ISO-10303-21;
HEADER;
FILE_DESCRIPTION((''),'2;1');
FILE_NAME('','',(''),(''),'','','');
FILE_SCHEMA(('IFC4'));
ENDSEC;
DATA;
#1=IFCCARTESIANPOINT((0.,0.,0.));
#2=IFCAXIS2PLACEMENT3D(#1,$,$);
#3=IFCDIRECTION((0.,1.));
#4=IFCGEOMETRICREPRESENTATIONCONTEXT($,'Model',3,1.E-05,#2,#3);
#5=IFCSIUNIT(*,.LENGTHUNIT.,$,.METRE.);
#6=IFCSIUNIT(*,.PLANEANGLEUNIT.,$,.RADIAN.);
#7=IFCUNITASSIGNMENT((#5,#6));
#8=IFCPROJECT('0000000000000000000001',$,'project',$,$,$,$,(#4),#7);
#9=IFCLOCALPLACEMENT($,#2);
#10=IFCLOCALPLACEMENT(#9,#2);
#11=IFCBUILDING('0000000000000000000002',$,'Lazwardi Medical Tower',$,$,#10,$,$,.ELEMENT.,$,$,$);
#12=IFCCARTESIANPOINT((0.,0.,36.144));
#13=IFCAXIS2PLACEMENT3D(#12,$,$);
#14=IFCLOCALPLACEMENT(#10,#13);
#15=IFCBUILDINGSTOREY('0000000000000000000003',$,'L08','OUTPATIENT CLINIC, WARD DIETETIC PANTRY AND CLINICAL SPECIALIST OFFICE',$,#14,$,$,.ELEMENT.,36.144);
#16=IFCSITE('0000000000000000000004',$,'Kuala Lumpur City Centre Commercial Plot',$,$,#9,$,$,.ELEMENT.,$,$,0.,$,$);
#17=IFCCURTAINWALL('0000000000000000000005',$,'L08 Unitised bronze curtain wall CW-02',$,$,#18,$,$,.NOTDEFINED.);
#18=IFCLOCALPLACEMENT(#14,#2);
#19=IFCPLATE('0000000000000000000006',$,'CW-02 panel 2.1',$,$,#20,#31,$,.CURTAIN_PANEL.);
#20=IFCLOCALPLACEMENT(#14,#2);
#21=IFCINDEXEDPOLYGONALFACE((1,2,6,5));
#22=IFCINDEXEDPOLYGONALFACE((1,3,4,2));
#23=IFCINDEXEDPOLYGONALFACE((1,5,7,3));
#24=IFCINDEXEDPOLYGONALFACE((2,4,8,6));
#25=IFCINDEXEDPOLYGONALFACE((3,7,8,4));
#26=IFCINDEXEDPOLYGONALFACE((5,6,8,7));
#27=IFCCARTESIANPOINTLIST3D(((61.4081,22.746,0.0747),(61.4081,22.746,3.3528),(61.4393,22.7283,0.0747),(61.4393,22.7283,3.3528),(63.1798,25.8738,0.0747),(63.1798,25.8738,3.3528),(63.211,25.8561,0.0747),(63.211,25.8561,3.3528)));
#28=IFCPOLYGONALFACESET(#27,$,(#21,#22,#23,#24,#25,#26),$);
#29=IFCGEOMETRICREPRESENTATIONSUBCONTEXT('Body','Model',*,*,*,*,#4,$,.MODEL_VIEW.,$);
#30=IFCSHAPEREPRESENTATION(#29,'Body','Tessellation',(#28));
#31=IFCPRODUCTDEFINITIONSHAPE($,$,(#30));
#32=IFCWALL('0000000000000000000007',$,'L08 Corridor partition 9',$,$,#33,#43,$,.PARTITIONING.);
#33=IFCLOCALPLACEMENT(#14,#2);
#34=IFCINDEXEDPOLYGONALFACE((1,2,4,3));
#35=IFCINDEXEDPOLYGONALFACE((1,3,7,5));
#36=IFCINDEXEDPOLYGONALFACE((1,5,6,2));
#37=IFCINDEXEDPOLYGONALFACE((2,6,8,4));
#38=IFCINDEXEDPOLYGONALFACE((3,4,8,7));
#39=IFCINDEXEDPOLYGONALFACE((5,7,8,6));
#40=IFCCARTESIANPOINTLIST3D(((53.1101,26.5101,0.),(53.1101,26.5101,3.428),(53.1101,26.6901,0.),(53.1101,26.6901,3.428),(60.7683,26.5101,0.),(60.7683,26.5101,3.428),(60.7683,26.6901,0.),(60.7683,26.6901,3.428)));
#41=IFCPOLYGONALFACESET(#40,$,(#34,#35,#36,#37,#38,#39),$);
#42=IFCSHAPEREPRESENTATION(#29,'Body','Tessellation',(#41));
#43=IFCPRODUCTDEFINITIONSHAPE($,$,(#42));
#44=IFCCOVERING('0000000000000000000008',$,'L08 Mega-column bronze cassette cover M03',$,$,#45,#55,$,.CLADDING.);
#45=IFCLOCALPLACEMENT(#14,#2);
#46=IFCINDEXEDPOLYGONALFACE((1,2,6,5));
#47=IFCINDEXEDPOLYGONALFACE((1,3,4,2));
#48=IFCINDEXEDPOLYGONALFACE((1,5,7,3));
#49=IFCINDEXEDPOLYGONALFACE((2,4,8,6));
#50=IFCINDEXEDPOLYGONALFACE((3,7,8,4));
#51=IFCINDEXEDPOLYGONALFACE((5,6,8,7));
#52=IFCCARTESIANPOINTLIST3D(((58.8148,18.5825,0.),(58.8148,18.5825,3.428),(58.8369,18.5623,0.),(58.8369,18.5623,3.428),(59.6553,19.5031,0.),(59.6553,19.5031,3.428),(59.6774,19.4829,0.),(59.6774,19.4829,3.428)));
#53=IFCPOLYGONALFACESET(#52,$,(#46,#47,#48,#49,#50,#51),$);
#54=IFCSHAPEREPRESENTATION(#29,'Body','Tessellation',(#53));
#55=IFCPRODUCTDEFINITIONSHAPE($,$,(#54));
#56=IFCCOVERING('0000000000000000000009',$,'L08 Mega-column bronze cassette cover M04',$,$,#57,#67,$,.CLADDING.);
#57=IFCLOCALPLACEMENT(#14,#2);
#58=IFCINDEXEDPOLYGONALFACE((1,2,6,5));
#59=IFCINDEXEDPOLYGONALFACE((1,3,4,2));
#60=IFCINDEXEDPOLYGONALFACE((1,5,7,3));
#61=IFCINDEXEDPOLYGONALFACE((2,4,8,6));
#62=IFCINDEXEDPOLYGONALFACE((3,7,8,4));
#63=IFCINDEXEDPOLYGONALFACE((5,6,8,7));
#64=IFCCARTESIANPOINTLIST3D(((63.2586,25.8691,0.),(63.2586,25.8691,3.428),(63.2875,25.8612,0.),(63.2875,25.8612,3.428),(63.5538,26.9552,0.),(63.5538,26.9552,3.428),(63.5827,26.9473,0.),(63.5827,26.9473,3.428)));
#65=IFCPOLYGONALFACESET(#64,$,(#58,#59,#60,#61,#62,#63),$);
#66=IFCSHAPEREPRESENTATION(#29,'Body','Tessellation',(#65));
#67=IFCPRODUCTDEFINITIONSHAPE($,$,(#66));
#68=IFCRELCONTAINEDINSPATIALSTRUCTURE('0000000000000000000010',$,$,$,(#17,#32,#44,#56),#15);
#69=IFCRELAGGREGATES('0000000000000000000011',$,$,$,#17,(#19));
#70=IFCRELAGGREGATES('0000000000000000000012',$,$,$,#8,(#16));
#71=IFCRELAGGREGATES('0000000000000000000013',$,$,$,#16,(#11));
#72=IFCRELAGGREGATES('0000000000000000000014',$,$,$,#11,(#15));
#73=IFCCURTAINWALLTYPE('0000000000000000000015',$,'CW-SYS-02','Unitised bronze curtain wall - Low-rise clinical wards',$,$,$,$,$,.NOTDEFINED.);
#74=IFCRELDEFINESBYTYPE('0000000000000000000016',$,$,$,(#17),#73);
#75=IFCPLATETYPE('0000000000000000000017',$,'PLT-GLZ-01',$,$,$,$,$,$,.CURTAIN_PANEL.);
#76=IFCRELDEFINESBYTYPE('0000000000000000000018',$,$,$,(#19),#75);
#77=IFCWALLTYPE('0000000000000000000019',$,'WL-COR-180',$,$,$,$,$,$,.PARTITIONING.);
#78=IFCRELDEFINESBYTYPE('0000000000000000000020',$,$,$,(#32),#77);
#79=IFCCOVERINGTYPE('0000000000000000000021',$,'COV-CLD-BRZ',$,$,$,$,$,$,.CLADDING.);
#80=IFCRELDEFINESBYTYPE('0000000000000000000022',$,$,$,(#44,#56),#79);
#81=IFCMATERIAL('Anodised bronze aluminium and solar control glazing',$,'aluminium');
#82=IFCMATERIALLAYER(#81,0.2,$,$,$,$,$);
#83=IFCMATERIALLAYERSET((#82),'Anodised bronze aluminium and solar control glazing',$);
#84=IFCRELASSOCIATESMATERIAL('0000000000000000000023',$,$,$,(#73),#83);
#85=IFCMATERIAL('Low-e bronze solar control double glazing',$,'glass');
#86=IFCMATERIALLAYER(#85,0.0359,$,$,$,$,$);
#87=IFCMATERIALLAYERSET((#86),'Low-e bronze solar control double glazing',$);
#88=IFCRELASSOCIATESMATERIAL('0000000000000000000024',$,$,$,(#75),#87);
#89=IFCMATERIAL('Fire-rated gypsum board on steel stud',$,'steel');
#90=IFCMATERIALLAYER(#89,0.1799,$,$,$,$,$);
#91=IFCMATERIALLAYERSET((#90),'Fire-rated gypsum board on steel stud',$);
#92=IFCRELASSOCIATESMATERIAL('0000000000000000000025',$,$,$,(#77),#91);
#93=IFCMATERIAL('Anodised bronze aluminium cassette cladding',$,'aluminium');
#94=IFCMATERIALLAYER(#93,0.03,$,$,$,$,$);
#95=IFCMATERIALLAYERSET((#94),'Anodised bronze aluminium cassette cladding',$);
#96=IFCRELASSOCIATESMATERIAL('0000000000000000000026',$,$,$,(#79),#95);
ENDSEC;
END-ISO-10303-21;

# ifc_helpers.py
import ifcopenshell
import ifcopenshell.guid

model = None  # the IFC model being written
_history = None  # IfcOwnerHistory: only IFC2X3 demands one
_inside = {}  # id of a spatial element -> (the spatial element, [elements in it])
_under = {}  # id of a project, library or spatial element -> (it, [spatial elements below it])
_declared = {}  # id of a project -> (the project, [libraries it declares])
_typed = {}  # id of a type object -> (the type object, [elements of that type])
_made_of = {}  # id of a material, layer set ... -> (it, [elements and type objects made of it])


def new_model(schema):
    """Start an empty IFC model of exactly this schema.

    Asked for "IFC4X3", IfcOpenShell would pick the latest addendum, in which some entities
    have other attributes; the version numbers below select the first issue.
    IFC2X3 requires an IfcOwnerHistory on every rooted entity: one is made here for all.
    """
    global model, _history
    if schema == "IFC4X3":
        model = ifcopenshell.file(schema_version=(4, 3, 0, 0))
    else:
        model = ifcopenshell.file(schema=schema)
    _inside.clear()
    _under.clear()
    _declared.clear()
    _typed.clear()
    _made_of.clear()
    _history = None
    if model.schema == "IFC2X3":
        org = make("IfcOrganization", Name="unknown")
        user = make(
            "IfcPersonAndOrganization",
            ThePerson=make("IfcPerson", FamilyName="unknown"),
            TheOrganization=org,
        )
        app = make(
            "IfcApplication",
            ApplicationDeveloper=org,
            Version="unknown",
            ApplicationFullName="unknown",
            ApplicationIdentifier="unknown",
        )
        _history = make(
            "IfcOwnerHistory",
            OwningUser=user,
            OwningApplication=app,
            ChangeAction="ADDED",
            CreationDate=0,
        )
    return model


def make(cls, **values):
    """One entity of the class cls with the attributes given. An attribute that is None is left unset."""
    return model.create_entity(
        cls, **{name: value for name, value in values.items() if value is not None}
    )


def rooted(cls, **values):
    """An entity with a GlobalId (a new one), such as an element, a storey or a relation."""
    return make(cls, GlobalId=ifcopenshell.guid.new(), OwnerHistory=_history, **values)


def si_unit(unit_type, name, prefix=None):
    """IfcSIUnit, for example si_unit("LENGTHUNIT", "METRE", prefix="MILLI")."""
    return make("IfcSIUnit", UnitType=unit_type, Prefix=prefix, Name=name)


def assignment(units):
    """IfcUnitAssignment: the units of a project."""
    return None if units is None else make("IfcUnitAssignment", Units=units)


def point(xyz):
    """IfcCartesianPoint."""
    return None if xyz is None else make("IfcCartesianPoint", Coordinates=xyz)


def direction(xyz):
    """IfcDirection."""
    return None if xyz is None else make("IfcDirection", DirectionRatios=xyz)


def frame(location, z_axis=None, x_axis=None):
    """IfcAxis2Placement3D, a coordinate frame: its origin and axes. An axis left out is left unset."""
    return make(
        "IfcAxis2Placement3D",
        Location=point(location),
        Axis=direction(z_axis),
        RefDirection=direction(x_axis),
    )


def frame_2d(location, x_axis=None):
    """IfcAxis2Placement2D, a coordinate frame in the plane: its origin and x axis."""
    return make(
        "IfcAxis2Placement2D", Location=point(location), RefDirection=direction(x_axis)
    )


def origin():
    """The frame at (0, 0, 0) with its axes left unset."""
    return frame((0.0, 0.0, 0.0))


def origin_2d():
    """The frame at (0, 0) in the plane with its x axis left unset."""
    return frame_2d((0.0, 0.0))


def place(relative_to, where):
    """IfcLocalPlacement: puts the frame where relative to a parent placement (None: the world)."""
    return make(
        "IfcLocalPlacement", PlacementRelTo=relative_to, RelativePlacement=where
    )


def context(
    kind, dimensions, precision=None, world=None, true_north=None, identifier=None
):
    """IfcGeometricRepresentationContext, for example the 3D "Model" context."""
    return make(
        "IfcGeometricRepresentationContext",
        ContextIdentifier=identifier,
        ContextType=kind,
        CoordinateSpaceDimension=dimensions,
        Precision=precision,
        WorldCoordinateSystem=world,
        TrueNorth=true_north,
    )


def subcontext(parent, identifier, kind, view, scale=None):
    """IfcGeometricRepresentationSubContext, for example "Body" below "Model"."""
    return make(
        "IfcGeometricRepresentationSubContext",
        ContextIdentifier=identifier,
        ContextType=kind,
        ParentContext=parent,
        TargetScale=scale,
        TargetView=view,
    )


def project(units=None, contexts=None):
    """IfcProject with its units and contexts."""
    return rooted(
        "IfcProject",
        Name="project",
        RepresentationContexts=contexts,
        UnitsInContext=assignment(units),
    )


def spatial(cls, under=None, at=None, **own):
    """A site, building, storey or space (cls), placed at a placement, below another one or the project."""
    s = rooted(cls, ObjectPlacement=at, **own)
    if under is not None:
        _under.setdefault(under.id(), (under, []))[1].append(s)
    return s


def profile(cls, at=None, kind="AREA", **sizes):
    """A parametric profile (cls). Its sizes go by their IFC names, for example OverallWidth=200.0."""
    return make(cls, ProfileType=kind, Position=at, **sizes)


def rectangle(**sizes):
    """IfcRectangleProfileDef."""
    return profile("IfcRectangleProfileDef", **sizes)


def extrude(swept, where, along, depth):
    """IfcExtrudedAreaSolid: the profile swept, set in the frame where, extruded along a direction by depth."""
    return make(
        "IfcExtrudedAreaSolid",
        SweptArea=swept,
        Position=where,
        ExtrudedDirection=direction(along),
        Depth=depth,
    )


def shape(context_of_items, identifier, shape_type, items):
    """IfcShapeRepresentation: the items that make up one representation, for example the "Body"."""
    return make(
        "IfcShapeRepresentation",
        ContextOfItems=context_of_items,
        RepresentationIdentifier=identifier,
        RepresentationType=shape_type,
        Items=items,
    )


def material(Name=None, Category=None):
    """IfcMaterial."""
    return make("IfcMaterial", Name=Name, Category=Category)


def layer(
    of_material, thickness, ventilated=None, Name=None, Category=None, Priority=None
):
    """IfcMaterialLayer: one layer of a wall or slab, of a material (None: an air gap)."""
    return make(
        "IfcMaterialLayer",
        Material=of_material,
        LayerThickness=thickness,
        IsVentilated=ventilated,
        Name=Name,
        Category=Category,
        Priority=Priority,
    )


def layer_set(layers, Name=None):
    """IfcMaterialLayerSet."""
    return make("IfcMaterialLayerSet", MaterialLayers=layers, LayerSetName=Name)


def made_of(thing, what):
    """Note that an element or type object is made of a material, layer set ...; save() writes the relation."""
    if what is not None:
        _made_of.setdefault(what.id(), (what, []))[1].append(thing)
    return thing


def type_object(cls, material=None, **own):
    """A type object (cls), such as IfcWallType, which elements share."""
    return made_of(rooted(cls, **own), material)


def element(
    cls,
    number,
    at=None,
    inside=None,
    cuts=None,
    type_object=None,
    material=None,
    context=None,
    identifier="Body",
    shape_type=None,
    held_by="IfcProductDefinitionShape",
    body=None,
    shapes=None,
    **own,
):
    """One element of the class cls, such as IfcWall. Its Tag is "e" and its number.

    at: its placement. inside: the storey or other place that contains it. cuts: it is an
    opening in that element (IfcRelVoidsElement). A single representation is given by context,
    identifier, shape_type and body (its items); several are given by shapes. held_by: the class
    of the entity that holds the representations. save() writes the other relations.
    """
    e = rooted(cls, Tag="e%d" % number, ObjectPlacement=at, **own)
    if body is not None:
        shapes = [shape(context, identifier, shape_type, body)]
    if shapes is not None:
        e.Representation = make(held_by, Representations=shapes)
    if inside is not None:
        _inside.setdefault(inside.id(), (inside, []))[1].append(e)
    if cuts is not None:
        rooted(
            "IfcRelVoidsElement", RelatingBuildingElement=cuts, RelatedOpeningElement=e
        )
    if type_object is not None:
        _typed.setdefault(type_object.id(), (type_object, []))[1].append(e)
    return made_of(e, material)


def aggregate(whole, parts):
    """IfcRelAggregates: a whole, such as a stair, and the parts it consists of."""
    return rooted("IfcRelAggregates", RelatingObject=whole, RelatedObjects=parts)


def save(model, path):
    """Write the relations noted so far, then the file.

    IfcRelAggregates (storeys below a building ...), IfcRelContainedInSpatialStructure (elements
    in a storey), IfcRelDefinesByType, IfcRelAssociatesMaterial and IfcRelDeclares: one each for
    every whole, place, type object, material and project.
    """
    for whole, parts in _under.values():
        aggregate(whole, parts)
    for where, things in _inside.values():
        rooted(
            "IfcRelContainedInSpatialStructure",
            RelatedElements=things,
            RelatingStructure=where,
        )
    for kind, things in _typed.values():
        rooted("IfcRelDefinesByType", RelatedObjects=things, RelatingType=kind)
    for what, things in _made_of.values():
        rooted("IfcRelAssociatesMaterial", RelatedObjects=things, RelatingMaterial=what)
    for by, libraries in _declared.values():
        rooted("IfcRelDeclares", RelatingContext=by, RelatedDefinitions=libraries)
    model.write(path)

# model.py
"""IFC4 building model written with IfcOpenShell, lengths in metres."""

from ifc_helpers import new_model, si_unit, direction, frame, frame_2d, origin, origin_2d, place, context, subcontext, project, spatial, rectangle, extrude, material, layer, layer_set, type_object, element, aggregate, save


model = new_model("IFC4")

# Units and contexts
model_context = context("Model", 3, precision=1e-05, world=origin(), true_north=direction((0.0, 1.0)))
body_context = subcontext(model_context, "Body", "Model", "MODEL_VIEW")
ifc_project = project(units=[si_unit("LENGTHUNIT", "METRE"), si_unit("PLANEANGLEUNIT", "RADIAN")], contexts=[model_context])

# Site, building, storey
site_placement = place(None, origin())
site = spatial("IfcSite", under=ifc_project, at=site_placement, Name="Kuala Lumpur City Centre Commercial Plot", CompositionType="ELEMENT", RefElevation=0.0)
building_placement = place(site_placement, origin())
building = spatial("IfcBuilding", under=site, at=building_placement, Name="Lazwardi Medical Tower", CompositionType="ELEMENT")
storey_placement = place(building_placement, frame((0.0, 0.0, 36.144)))
storey = spatial("IfcBuildingStorey", under=building, at=storey_placement, Name="L08", Description="OUTPATIENT CLINIC, WARD DIETETIC PANTRY AND CLINICAL SPECIALIST OFFICE", CompositionType="ELEMENT", Elevation=36.144)

# Shared definitions
ifc_material_1 = material(Name="Anodised bronze aluminium and solar control glazing", Category="aluminium")
ifc_layer_1 = layer(ifc_material_1, 0.2)
ifc_layer_set_1 = layer_set([ifc_layer_1], Name="Anodised bronze aluminium and solar control glazing")
curtain_wall_type = type_object("IfcCurtainWallType", Name="CW-SYS-02", Description="Unitised bronze curtain wall - Low-rise clinical wards", PredefinedType="NOTDEFINED", material=ifc_layer_set_1)

# Curtain wall
curtain_wall_1_placement = place(storey_placement, origin())
curtain_wall_1 = element("IfcCurtainWall", 1, at=curtain_wall_1_placement, inside=storey, type_object=curtain_wall_type, Name="L08 Unitised bronze curtain wall CW-02", PredefinedType="NOTDEFINED")

# Plate
ifc_material_2 = material(Name="Low-e bronze solar control double glazing", Category="glass")
ifc_layer_2 = layer(ifc_material_2, 0.0359)
ifc_layer_set_2 = layer_set([ifc_layer_2], Name="Low-e bronze solar control double glazing")
plate_type = type_object("IfcPlateType", Name="PLT-GLZ-01", PredefinedType="CURTAIN_PANEL", material=ifc_layer_set_2)
plate_1_placement = place(storey_placement, frame((62.3096, 24.301, 0.0747), z_axis=(0.0, 0.0, 1.0), x_axis=(0.492854, 0.870112, 0.0)))
plate_1 = element("IfcPlate", 2, at=plate_1_placement, type_object=plate_type, Name="CW-02 panel 2.1", PredefinedType="CURTAIN_PANEL", context=body_context, shape_type="SweptSolid", body=[
    extrude(rectangle(XDim=3.5947, YDim=0.0359, at=origin_2d()), origin(), (0.0, 0.0, 1.0), 3.2781),
])
aggregate(curtain_wall_1, [plate_1])

# Wall
ifc_material_3 = material(Name="Fire-rated gypsum board on steel stud", Category="steel")
ifc_layer_3 = layer(ifc_material_3, 0.1799)
ifc_layer_set_3 = layer_set([ifc_layer_3], Name="Fire-rated gypsum board on steel stud")
wall_type = type_object("IfcWallType", Name="WL-COR-180", PredefinedType="PARTITIONING", material=ifc_layer_set_3)
wall_placement = place(storey_placement, frame((60.7683, 26.6001, 0.0), z_axis=(0.0, 0.0, 1.0), x_axis=(-1.0, 0.0, 0.0)))
element("IfcWall", 3, at=wall_placement, inside=storey, type_object=wall_type, Name="L08 Corridor partition 9", PredefinedType="PARTITIONING", context=body_context, shape_type="SweptSolid", body=[
    extrude(rectangle(XDim=7.6582, YDim=0.1799, at=frame_2d((3.8291, 0.0))), origin(), (0.0, 0.0, 1.0), 3.428),
])

# Coverings
ifc_material_4 = material(Name="Anodised bronze aluminium cassette cladding", Category="aluminium")
ifc_layer_4 = layer(ifc_material_4, 0.03)
ifc_layer_set_4 = layer_set([ifc_layer_4], Name="Anodised bronze aluminium cassette cladding")
covering_type = type_object("IfcCoveringType", Name="COV-CLD-BRZ", PredefinedType="CLADDING", material=ifc_layer_set_4)
covering_1_placement = place(storey_placement, frame((59.2461, 19.0327, 0.0), z_axis=(0.0, 0.0, 1.0), x_axis=(0.674252, 0.738501, 0.0)))
element("IfcCovering", 4, at=covering_1_placement, inside=storey, type_object=covering_type, Name="L08 Mega-column bronze cassette cover M03", PredefinedType="CLADDING", context=body_context, shape_type="SweptSolid", body=[
    extrude(rectangle(XDim=1.2466, YDim=0.03, at=origin_2d()), origin(), (0.0, 0.0, 1.0), 3.428),
])
covering_2_placement = place(storey_placement, frame((63.4207, 26.4082, 0.0), z_axis=(0.0, 0.0, 1.0), x_axis=(0.262283, 0.964991, 0.0)))
element("IfcCovering", 5, at=covering_2_placement, inside=storey, type_object=covering_type, Name="L08 Mega-column bronze cassette cover M04", PredefinedType="CLADDING", context=body_context, shape_type="SweptSolid", body=[
    extrude(rectangle(XDim=1.1255, YDim=0.03, at=origin_2d()), origin(), (0.0, 0.0, 1.0), 3.428),
])

save(model, "model.ifc")
